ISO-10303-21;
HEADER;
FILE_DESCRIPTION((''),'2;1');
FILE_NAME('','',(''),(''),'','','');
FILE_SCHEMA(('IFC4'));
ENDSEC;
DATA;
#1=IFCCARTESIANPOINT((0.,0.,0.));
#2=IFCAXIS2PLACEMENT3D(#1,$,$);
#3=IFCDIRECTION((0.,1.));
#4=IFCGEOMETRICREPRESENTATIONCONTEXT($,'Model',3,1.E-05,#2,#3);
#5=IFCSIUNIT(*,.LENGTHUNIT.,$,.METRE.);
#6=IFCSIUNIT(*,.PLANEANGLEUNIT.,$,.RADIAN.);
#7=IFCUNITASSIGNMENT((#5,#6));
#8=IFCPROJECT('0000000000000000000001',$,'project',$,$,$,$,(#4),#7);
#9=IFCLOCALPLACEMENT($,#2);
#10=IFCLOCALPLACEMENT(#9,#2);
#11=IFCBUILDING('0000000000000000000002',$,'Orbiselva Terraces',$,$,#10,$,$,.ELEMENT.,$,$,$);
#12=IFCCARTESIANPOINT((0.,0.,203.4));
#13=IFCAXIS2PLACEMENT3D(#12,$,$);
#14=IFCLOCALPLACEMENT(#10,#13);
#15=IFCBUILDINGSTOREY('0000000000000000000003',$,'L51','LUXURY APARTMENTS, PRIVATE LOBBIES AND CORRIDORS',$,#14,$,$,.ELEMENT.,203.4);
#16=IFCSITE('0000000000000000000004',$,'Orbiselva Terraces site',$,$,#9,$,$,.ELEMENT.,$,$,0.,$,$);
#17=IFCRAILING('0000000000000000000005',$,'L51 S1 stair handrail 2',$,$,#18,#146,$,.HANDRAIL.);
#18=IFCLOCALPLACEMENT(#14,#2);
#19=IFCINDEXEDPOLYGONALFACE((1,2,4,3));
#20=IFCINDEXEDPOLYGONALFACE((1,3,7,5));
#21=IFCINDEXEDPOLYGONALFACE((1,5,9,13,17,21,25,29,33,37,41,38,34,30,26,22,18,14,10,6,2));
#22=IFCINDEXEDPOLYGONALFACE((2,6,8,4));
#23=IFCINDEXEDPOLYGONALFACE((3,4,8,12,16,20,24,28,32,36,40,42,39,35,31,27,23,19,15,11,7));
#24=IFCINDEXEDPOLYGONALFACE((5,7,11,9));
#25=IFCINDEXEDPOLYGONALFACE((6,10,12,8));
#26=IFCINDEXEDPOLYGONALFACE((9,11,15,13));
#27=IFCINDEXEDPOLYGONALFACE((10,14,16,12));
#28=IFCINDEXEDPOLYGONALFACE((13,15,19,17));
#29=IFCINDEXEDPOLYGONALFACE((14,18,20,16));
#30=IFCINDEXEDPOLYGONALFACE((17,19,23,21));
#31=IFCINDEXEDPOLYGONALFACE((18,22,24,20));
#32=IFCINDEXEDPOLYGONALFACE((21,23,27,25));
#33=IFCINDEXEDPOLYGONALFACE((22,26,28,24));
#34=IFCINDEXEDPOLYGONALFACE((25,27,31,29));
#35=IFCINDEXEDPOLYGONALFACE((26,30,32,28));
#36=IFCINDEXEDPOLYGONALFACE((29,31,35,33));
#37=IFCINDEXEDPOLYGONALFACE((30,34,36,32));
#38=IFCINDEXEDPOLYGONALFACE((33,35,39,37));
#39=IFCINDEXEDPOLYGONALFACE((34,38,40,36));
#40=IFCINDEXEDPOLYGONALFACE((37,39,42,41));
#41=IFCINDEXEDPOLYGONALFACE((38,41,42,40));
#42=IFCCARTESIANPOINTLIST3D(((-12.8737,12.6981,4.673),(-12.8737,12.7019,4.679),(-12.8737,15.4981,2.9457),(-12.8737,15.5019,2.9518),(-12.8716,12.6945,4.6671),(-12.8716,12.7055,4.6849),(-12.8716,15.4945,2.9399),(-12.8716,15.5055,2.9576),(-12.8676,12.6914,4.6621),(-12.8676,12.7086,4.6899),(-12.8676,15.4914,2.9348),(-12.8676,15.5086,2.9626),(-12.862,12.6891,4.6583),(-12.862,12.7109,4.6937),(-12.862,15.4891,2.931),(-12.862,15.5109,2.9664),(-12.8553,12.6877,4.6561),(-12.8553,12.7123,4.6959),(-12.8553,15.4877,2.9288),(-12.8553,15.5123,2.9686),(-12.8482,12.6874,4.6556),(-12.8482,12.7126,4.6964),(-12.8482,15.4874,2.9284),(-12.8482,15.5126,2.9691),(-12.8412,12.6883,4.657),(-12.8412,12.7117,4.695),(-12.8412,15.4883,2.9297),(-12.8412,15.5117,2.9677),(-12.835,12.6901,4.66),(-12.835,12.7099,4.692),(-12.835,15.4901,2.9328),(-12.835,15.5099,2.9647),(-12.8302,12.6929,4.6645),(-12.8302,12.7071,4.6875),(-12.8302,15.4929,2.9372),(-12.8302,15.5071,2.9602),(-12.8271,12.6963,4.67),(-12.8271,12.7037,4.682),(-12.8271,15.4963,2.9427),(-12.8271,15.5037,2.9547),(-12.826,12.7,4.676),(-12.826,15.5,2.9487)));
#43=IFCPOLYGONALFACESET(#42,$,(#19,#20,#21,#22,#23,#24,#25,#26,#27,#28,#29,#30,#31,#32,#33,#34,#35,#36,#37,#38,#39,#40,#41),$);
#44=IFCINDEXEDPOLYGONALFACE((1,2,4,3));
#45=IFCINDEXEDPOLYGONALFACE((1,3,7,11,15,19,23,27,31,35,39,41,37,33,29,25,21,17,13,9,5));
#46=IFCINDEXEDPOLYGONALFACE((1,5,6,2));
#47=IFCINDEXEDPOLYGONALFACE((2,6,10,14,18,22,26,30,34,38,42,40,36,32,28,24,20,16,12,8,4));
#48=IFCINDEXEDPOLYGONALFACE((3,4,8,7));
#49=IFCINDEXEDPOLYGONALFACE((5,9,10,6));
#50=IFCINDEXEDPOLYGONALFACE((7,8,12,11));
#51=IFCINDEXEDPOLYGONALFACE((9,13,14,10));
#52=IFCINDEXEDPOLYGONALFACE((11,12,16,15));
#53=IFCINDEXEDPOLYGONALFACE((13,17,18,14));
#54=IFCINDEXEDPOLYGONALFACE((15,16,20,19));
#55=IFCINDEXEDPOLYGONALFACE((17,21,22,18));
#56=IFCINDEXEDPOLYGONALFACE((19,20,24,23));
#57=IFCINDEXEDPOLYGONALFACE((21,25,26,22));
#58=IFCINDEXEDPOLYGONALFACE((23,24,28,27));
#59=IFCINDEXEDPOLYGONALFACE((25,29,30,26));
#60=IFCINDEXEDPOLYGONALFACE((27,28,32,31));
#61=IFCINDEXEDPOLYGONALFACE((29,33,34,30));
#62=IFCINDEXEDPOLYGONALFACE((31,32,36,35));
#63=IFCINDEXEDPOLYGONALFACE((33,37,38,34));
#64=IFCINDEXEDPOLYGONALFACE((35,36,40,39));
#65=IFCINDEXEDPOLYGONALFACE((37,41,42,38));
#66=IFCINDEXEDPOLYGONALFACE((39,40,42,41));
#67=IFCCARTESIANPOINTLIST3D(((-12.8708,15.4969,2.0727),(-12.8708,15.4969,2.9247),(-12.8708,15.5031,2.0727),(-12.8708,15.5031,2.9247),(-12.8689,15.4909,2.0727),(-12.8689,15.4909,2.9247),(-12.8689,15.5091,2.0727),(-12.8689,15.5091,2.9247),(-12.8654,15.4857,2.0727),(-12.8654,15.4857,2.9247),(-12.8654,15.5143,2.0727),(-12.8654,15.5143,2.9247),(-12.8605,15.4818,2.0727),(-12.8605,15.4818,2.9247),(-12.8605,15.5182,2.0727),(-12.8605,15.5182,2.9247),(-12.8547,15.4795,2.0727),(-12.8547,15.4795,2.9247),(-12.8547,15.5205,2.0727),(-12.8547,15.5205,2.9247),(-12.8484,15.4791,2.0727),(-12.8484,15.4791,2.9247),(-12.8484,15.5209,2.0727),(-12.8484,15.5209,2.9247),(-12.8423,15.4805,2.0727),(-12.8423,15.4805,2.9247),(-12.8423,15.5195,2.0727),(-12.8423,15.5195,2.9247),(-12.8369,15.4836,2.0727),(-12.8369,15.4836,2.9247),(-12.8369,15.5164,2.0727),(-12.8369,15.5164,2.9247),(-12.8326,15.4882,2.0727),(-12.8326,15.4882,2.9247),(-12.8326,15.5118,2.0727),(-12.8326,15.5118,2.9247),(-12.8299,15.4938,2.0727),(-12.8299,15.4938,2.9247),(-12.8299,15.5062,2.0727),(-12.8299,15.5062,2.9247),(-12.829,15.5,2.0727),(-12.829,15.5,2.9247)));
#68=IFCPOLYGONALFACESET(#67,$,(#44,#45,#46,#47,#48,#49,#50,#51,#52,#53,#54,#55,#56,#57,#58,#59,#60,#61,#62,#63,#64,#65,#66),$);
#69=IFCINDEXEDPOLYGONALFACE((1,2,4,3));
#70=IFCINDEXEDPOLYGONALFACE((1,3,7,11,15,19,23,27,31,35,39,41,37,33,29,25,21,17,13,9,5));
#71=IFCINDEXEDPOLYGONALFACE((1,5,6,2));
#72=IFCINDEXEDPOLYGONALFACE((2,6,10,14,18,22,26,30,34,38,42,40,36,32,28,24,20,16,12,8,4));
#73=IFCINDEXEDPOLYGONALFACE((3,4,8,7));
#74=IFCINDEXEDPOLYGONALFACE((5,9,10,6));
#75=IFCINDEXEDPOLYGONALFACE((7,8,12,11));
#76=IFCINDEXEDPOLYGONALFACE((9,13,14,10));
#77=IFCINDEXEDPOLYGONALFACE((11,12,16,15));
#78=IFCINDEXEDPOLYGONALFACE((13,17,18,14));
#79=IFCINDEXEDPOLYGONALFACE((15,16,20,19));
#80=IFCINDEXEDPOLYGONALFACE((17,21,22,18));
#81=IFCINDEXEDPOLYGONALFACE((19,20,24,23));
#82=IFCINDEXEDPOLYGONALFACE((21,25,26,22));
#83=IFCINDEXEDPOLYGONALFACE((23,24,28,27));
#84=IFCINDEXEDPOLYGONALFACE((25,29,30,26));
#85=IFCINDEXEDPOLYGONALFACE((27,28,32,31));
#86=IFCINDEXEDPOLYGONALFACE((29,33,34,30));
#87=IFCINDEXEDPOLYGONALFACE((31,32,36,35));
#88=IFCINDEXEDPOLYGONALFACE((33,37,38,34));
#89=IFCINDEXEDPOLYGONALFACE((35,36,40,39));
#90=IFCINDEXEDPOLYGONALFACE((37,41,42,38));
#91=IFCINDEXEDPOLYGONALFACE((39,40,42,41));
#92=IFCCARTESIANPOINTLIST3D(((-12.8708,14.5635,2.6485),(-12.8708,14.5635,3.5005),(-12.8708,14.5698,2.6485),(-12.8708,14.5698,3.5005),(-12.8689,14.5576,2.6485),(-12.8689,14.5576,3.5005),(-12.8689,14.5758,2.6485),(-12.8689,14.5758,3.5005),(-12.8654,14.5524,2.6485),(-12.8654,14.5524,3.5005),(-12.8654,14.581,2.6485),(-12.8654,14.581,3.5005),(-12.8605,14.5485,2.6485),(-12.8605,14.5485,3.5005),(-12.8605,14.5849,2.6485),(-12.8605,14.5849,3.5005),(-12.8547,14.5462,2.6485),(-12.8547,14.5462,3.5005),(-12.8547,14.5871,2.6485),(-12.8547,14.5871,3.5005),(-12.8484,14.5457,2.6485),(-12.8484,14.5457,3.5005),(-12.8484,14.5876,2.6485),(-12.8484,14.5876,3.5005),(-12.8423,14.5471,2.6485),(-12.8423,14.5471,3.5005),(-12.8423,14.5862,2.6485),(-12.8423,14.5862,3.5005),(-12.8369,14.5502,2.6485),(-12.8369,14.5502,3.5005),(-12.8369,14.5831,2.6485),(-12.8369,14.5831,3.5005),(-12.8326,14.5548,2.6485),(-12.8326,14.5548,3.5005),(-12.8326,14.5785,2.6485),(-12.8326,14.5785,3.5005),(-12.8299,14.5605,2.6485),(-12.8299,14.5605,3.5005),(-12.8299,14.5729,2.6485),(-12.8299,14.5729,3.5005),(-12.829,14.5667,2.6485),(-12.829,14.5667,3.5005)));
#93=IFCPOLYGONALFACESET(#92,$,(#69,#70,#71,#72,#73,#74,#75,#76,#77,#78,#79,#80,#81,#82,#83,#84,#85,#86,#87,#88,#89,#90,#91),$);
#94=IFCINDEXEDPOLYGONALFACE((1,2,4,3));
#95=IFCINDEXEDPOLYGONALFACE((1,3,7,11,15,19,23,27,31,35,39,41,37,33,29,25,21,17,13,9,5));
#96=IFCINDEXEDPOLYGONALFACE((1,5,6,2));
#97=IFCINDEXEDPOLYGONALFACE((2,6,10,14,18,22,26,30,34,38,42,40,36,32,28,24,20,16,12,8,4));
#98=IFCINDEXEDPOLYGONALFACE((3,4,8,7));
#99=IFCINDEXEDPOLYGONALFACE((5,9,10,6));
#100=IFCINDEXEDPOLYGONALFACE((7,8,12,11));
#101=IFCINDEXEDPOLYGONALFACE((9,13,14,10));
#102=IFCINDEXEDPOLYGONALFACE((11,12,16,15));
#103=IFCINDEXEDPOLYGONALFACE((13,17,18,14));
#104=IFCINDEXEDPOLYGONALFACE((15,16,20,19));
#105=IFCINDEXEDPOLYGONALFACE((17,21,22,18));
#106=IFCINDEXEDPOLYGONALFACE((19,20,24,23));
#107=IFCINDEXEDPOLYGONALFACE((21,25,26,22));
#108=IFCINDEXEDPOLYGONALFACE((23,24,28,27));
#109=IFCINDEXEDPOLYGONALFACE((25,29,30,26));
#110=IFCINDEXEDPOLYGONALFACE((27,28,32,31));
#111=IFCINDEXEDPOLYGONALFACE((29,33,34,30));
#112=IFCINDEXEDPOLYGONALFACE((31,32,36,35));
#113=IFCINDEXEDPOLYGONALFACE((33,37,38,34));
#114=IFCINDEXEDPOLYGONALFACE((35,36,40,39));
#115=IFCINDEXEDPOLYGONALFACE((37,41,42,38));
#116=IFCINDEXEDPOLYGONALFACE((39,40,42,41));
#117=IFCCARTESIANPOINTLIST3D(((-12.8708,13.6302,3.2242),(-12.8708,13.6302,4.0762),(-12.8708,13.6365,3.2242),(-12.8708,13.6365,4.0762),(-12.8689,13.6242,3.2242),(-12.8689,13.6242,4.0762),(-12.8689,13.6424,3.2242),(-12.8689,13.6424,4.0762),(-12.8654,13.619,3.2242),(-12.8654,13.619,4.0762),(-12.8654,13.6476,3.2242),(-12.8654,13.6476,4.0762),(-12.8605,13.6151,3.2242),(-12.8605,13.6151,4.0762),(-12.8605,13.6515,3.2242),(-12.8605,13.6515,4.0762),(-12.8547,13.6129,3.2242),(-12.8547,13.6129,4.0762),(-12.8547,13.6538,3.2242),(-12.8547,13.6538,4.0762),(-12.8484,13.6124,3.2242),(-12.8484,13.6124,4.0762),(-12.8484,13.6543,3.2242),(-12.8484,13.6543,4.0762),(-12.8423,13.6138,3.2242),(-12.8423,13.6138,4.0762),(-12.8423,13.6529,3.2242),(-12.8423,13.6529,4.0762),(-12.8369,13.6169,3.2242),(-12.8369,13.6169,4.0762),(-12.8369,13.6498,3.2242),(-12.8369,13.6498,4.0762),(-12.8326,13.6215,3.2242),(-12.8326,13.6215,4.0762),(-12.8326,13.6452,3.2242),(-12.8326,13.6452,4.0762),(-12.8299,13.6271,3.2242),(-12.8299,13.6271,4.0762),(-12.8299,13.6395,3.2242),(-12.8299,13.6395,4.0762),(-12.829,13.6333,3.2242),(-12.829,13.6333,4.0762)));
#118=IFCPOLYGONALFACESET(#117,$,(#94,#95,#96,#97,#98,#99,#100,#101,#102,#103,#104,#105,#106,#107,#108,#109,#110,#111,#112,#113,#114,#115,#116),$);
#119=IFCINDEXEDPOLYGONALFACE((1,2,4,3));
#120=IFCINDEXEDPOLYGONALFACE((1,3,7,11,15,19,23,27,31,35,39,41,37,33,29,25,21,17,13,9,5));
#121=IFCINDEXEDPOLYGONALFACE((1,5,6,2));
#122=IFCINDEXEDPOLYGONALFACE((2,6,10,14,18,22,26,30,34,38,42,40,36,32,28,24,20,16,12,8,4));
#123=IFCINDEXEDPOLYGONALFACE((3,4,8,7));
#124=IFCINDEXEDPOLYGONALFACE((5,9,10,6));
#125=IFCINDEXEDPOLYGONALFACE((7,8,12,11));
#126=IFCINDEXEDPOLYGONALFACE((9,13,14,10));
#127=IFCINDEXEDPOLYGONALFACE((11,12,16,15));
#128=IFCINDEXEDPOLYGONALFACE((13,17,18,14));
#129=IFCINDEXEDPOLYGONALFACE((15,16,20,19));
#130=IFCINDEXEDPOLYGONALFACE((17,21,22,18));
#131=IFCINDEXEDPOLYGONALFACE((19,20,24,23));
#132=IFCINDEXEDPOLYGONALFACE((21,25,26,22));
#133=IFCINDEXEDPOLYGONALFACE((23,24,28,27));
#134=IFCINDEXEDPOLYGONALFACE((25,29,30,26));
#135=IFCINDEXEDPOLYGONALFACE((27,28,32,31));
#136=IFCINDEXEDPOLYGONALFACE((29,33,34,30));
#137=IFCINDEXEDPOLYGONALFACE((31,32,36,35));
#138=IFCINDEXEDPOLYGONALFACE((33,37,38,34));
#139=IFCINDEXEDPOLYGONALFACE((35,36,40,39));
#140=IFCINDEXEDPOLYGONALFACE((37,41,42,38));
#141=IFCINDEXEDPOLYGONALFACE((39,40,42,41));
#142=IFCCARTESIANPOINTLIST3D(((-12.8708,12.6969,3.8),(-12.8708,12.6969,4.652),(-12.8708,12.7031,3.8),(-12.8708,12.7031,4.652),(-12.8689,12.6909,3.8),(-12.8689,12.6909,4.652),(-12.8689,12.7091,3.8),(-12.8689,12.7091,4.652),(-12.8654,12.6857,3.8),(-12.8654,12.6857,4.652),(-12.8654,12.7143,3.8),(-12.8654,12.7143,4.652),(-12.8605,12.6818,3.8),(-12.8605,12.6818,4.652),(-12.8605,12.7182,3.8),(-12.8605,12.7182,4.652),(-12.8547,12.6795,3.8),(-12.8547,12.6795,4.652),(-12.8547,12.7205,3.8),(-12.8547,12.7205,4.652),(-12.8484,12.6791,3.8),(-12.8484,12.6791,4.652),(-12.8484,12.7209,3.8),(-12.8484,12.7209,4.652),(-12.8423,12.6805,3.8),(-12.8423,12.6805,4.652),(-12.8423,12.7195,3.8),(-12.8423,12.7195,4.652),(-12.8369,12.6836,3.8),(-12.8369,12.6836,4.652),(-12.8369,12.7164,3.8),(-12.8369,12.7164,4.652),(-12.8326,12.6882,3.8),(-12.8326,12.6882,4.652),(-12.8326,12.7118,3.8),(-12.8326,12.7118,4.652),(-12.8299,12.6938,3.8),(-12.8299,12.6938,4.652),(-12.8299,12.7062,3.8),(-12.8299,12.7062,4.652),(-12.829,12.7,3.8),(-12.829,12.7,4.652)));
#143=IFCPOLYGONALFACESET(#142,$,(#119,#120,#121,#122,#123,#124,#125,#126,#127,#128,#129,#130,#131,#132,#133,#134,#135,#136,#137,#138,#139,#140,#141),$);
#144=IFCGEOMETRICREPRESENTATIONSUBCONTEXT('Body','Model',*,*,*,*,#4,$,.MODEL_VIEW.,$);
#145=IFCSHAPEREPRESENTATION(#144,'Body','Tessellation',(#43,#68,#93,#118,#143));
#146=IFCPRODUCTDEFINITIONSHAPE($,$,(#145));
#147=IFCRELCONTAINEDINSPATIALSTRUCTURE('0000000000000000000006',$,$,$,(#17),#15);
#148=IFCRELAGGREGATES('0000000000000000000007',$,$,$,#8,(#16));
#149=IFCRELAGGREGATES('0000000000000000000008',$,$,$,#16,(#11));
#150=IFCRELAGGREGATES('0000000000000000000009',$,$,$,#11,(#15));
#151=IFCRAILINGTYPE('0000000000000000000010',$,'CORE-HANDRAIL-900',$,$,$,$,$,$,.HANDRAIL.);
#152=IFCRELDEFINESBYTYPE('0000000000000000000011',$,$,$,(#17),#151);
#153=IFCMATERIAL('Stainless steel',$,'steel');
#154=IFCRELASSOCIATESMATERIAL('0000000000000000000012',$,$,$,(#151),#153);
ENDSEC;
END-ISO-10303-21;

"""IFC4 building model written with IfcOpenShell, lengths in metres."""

from ifc_helpers import new_model, si_unit, direction, frame, origin, origin_2d, place, context, subcontext, project, spatial, circle, extrude, material, type_object, element, save


model = new_model("IFC4")

# Units and contexts
model_context = context("Model", 3, precision=1e-05, world=origin(), true_north=direction((0.0, 1.0)))
body_context = subcontext(model_context, "Body", "Model", "MODEL_VIEW")
ifc_project = project(units=[si_unit("LENGTHUNIT", "METRE"), si_unit("PLANEANGLEUNIT", "RADIAN")], contexts=[model_context])

# Site, building, storey
site_placement = place(None, origin())
site = spatial("IfcSite", under=ifc_project, at=site_placement, Name="Orbiselva Terraces site", CompositionType="ELEMENT", RefElevation=0.0)
building_placement = place(site_placement, origin())
building = spatial("IfcBuilding", under=site, at=building_placement, Name="Orbiselva Terraces", CompositionType="ELEMENT")
storey_placement = place(building_placement, frame((0.0, 0.0, 203.4)))
storey = spatial("IfcBuildingStorey", under=building, at=storey_placement, Name="L51", Description="LUXURY APARTMENTS, PRIVATE LOBBIES AND CORRIDORS", CompositionType="ELEMENT", Elevation=203.4)

# Railing
ifc_material_1 = material(Name="Stainless steel", Category="steel")
railing_type = type_object("IfcRailingType", Name="CORE-HANDRAIL-900", PredefinedType="HANDRAIL", material=ifc_material_1)
railing_placement = place(storey_placement, frame((-12.85, 15.5, 2.0727)))
element("IfcRailing", 1, at=railing_placement, inside=storey, type_object=railing_type, Name="L51 S1 stair handrail 2", PredefinedType="HANDRAIL", context=body_context, shape_type="SweptSolid", body=[
    extrude(circle(Radius=0.024, at=origin_2d()), frame((0.0, 0.0, 0.876), z_axis=(0.0, -0.851089, 0.525022), x_axis=(1.0, 0.0, 0.0)), (0.0, 0.0, 1.0), 3.2899),
    extrude(circle(Radius=0.021, at=origin_2d()), origin(), (0.0, 0.0, 1.0), 0.852),
    extrude(circle(Radius=0.021, at=origin_2d()), frame((0.0, -0.9333, 0.5758)), (0.0, 0.0, 1.0), 0.852),
    extrude(circle(Radius=0.021, at=origin_2d()), frame((0.0, -1.8667, 1.1515)), (0.0, 0.0, 1.0), 0.852),
    extrude(circle(Radius=0.021, at=origin_2d()), frame((0.0, -2.8, 1.7273)), (0.0, 0.0, 1.0), 0.852),
])

save(model, "model.ifc")
